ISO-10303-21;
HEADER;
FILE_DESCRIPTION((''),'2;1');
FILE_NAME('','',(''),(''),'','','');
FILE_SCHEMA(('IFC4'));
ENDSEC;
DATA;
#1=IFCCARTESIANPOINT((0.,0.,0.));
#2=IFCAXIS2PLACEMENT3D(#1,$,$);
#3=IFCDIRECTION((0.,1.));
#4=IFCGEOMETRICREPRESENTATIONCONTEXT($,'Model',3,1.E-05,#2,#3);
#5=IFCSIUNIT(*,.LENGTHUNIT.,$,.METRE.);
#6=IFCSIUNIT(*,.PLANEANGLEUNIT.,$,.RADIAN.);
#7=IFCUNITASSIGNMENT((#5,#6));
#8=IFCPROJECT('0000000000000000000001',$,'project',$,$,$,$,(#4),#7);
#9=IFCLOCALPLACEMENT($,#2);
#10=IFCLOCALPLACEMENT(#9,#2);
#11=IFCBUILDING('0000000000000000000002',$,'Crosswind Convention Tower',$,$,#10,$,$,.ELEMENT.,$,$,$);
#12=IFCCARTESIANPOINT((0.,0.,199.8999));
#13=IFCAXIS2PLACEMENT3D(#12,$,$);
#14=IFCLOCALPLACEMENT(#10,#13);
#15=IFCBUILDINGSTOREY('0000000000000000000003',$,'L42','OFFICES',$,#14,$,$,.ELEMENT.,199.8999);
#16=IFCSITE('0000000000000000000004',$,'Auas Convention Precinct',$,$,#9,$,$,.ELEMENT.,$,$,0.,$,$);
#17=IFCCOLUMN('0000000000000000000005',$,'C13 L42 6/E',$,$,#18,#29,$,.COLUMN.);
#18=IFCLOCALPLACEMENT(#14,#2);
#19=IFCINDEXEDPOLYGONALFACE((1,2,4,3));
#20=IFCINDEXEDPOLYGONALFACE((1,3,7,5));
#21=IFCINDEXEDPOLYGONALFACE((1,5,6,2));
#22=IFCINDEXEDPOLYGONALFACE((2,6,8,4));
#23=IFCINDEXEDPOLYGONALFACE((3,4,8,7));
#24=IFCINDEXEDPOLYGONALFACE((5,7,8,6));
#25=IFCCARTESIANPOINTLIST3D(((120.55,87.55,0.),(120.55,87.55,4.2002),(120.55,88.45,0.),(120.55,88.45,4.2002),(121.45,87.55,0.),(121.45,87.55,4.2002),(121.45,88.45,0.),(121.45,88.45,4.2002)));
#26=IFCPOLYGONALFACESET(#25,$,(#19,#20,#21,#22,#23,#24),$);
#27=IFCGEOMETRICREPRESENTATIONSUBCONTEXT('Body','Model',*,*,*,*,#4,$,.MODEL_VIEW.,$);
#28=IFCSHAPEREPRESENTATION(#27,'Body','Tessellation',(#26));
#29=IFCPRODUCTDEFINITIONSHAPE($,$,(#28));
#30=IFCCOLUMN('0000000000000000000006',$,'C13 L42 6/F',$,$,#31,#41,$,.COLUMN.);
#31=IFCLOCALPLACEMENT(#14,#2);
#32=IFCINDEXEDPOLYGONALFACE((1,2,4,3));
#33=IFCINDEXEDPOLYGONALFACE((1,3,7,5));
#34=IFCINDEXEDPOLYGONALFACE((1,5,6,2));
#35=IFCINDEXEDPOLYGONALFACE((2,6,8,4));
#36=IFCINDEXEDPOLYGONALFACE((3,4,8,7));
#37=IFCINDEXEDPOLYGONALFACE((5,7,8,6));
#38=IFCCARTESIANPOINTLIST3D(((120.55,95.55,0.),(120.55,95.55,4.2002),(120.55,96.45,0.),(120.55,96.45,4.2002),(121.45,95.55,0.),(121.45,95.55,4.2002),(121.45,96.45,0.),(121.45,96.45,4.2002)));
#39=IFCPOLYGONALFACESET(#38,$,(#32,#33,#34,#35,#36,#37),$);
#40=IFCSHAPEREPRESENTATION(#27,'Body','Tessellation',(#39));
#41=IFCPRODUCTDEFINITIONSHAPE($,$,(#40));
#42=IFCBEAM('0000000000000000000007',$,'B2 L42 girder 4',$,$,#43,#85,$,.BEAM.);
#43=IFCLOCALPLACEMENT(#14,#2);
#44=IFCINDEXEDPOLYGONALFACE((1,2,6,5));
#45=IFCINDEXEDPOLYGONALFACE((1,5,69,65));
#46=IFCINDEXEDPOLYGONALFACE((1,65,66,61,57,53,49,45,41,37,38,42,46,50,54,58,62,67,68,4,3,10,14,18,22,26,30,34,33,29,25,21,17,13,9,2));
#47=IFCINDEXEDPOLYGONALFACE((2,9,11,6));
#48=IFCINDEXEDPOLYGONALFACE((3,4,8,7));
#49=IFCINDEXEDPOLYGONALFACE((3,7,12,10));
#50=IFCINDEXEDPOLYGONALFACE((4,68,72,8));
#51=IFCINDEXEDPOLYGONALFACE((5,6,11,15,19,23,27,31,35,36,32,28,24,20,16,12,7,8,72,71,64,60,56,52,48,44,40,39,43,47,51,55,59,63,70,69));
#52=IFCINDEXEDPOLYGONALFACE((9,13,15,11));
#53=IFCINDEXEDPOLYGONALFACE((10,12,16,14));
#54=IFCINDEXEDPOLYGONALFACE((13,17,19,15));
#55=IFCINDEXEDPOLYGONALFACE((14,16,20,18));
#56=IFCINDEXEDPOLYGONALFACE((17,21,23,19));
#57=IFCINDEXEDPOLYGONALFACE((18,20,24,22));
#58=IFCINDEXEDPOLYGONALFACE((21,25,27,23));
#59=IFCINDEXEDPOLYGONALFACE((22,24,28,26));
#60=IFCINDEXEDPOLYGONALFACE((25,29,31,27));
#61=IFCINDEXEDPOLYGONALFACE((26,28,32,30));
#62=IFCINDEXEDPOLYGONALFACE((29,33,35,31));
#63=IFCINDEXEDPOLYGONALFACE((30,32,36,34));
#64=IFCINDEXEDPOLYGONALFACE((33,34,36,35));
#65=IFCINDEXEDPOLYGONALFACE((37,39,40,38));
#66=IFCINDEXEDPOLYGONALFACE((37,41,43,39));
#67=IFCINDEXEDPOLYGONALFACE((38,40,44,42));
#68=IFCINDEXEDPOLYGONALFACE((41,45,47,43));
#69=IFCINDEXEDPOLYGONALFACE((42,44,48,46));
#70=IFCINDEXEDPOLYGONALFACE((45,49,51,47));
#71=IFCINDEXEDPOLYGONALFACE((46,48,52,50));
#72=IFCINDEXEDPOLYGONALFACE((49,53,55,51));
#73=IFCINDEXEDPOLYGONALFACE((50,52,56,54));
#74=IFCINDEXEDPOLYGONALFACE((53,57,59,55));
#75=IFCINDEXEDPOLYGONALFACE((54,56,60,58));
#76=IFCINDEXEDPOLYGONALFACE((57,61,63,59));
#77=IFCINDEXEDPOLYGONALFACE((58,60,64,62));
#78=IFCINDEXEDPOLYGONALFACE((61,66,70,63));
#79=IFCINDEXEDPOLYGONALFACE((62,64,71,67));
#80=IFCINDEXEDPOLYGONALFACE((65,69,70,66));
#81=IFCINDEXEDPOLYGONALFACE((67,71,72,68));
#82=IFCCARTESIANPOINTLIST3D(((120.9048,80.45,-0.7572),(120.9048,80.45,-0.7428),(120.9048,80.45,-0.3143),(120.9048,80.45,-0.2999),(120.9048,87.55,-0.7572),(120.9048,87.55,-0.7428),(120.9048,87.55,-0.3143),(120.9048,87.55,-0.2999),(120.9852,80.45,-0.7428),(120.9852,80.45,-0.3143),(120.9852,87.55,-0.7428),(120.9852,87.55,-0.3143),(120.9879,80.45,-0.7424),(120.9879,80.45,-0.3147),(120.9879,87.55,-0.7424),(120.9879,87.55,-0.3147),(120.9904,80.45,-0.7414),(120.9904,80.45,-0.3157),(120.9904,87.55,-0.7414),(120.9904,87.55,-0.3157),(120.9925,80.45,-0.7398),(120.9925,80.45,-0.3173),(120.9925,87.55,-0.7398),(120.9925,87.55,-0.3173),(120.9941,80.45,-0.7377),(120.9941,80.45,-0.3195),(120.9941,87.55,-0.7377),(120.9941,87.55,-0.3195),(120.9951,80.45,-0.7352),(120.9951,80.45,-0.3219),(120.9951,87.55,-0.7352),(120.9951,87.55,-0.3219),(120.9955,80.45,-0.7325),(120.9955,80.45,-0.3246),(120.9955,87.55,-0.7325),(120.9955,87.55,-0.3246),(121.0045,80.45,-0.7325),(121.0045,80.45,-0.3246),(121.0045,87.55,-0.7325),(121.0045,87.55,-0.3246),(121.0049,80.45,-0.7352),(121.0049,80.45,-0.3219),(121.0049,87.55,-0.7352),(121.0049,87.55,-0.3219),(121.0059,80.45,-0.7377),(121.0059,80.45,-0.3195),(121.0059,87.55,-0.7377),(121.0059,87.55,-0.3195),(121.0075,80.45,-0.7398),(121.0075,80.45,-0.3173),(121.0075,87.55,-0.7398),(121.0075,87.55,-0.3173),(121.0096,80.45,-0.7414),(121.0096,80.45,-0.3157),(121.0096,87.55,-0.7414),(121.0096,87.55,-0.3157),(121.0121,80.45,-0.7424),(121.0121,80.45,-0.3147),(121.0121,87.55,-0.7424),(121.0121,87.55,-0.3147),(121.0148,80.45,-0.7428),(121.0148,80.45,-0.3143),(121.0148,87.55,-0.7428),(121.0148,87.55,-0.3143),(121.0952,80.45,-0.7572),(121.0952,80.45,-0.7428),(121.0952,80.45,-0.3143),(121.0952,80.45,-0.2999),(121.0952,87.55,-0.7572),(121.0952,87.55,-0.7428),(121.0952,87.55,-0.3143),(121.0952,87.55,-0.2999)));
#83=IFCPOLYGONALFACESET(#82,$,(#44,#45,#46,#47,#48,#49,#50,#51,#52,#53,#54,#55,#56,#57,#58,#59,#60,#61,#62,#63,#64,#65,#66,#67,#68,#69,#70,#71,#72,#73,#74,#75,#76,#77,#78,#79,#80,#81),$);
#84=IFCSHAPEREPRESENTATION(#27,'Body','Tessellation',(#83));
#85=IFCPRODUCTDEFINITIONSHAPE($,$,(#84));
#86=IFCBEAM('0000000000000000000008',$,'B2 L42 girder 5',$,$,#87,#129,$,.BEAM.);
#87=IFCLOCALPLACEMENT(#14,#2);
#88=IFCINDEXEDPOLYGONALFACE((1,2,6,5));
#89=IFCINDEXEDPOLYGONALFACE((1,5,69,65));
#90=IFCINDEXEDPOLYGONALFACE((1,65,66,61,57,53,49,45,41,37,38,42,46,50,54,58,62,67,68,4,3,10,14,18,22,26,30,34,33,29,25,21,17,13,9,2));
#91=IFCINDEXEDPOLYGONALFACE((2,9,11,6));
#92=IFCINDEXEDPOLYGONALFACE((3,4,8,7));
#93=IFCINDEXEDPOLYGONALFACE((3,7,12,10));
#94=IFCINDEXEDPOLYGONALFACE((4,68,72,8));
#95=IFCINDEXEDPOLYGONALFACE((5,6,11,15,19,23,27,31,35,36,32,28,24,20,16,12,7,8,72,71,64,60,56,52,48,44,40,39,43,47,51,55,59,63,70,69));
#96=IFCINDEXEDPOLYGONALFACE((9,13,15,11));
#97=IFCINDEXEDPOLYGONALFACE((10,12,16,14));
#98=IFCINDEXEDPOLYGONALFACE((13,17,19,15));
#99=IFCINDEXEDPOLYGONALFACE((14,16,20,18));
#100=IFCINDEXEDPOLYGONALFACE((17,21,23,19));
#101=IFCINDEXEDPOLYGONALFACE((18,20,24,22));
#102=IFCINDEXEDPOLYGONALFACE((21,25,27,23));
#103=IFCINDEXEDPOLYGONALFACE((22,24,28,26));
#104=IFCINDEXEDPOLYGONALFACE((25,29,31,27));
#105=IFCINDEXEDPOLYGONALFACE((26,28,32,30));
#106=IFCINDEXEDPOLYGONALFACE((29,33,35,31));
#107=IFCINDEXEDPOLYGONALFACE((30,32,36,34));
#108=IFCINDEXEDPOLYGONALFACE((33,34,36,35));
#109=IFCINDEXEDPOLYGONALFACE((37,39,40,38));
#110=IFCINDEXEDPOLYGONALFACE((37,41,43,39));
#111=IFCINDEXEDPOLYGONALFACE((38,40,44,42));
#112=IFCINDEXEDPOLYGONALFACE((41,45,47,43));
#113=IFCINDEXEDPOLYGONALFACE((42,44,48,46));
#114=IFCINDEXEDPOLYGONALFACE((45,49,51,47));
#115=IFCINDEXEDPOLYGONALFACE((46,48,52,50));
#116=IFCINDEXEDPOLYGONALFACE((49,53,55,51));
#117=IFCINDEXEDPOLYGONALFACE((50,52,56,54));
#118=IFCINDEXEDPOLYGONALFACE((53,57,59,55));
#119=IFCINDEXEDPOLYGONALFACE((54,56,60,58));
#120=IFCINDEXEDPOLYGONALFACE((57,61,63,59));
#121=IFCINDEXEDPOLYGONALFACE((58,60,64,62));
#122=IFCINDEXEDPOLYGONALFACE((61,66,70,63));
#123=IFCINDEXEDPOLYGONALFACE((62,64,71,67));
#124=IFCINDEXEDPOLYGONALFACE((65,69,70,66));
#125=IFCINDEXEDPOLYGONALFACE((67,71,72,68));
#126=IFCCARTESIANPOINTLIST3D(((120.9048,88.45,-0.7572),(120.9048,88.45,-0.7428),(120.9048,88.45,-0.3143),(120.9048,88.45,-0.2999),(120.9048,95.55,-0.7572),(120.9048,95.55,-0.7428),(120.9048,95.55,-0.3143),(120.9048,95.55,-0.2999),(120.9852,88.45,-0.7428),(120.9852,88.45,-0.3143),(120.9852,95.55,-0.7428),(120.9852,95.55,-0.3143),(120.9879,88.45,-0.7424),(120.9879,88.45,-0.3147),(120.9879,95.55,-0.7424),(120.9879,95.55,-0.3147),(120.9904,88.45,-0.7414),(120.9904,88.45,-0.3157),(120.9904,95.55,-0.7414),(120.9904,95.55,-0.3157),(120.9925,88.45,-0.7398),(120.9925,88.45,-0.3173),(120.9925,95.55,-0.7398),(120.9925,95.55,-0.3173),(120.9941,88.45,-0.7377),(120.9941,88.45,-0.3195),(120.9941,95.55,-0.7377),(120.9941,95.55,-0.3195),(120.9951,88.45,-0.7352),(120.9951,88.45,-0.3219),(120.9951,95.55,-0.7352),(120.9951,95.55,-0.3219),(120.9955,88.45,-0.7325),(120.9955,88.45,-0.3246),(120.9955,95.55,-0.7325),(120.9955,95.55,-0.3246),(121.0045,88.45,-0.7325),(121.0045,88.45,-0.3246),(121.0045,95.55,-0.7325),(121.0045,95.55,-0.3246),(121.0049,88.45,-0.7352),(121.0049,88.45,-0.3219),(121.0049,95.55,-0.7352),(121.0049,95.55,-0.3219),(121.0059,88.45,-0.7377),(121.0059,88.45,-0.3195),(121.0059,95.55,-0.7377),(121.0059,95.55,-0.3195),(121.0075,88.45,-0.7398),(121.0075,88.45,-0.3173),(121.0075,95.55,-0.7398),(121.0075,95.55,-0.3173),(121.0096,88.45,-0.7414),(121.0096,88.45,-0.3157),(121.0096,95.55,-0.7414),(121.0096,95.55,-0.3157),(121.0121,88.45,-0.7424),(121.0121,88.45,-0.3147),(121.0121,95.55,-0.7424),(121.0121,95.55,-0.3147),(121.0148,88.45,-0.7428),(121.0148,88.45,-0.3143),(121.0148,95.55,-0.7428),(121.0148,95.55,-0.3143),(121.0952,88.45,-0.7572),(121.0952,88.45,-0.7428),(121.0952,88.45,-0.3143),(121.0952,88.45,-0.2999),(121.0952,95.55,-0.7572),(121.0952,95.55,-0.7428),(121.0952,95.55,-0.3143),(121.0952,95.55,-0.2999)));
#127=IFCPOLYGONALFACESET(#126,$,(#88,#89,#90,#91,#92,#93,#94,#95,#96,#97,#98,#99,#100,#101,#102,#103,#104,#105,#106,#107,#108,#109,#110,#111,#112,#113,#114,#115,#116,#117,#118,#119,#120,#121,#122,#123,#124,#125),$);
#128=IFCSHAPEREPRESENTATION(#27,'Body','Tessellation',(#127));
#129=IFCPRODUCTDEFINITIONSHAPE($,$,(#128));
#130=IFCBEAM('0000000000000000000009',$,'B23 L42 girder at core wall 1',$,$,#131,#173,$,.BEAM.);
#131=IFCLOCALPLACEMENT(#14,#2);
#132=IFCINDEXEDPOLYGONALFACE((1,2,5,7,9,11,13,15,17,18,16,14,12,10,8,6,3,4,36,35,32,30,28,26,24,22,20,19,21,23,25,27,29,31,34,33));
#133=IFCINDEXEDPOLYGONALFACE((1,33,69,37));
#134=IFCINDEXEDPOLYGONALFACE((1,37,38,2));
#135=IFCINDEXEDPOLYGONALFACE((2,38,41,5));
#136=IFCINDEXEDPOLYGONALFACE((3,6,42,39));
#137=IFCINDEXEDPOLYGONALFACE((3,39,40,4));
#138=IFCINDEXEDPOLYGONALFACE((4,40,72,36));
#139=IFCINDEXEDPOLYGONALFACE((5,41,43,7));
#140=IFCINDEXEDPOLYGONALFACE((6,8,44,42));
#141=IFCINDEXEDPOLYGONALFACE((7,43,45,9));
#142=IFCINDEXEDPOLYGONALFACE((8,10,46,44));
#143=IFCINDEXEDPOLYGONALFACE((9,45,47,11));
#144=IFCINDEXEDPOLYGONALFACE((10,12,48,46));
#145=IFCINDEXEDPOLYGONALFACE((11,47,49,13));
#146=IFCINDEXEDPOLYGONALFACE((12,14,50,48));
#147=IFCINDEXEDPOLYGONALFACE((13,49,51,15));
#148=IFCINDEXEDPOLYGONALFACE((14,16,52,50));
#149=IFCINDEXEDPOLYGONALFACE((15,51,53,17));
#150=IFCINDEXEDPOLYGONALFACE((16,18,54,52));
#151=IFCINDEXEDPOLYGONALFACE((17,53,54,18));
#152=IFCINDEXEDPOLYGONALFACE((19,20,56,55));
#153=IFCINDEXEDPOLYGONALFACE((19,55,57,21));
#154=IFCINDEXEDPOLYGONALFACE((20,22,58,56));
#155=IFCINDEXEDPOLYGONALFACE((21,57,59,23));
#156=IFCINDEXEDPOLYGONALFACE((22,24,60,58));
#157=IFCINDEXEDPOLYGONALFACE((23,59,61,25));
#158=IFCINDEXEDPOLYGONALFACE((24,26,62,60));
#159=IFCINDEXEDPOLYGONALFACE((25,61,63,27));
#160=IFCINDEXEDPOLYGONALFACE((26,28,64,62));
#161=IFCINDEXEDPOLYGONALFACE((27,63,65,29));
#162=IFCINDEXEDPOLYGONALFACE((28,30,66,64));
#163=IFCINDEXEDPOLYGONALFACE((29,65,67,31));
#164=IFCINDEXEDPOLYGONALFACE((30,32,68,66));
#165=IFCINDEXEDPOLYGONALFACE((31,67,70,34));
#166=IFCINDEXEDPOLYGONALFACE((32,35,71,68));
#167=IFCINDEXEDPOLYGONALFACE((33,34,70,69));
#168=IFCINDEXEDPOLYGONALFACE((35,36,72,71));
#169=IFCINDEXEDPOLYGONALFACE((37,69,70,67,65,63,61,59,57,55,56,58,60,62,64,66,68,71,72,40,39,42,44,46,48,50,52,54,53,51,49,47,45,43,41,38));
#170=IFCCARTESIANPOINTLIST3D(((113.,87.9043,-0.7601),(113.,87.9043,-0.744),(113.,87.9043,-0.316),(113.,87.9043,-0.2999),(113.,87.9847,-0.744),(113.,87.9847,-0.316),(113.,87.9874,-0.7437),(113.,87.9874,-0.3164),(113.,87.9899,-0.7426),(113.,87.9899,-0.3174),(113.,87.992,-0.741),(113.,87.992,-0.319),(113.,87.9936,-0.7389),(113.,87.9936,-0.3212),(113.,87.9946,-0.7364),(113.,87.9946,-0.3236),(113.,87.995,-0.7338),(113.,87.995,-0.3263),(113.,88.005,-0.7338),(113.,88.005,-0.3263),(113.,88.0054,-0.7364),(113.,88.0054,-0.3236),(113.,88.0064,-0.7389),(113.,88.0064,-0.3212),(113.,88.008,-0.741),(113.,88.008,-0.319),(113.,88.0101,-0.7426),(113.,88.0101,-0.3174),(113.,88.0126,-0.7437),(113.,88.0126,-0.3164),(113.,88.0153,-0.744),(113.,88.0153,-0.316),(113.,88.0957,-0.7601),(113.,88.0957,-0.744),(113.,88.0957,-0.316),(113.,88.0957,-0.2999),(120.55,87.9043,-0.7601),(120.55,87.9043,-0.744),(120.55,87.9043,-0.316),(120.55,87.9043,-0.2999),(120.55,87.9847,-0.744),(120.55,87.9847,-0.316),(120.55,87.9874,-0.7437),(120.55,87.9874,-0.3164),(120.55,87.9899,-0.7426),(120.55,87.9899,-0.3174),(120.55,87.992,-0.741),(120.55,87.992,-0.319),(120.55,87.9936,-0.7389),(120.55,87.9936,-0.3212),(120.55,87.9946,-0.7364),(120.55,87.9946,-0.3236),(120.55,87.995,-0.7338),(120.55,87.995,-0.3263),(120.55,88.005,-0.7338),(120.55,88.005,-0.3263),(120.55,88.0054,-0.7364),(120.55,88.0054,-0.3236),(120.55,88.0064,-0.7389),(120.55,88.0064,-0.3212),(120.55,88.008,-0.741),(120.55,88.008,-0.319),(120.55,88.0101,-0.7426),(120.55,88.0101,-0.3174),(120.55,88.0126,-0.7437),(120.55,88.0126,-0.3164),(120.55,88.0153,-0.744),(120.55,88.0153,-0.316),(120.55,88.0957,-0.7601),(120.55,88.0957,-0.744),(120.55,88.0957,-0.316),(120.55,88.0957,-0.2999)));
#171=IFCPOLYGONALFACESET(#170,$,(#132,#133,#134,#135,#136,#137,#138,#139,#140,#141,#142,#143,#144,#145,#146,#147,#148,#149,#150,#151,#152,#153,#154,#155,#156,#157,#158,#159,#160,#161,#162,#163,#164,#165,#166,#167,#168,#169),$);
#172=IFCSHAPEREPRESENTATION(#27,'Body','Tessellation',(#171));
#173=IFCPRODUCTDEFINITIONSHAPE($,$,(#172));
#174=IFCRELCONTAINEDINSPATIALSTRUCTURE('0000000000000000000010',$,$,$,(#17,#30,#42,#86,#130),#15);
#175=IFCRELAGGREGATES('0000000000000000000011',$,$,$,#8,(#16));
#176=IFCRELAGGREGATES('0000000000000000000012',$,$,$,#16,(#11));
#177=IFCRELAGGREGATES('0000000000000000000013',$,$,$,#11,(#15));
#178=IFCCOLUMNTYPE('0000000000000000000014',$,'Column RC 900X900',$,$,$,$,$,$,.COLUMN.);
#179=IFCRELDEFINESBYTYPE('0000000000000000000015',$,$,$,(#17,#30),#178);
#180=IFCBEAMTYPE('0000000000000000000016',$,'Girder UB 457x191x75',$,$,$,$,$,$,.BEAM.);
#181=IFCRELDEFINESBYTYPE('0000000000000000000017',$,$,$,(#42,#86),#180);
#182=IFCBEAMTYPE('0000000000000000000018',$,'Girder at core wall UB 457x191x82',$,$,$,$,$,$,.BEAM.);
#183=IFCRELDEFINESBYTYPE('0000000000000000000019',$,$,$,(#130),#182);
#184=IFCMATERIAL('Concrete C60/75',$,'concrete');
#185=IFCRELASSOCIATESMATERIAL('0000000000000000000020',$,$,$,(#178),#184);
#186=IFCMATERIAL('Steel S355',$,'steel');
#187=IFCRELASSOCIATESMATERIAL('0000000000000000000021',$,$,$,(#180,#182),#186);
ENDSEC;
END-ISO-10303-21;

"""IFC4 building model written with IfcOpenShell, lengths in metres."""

from ifc_helpers import new_model, si_unit, direction, frame, origin, origin_2d, place, context, subcontext, project, spatial, rectangle, i_section, extrude, material, material_profile, profile_set, type_object, element, save


model = new_model("IFC4")

# Units and contexts
model_context = context("Model", 3, precision=1e-05, world=origin(), true_north=direction((0.0, 1.0)))
body_context = subcontext(model_context, "Body", "Model", "MODEL_VIEW")
ifc_project = project(units=[si_unit("LENGTHUNIT", "METRE"), si_unit("PLANEANGLEUNIT", "RADIAN")], contexts=[model_context])

# Site, building, storey
site_placement = place(None, origin())
site = spatial("IfcSite", under=ifc_project, at=site_placement, Name="Auas Convention Precinct", CompositionType="ELEMENT", RefElevation=0.0)
building_placement = place(site_placement, origin())
building = spatial("IfcBuilding", under=site, at=building_placement, Name="Crosswind Convention Tower", CompositionType="ELEMENT")
storey_placement = place(building_placement, frame((0.0, 0.0, 199.8999)))
storey = spatial("IfcBuildingStorey", under=building, at=storey_placement, Name="L42", Description="OFFICES", CompositionType="ELEMENT", Elevation=199.8999)

# Columns
ifc_material_1 = material(Name="Concrete C60/75", Category="concrete")
ifc_material_profile_1 = material_profile(ifc_material_1, rectangle(XDim=0.8999, YDim=0.8999, at=origin_2d()), Name="RC 900X900")
ifc_profile_set_1 = profile_set([ifc_material_profile_1], Name="Concrete C60/75")
column_type = type_object("IfcColumnType", Name="Column RC 900X900", PredefinedType="COLUMN", material=ifc_profile_set_1)
for number, where, z_axis, x_axis, name in (
    (1, (121.0, 88.0, 0.0), (0.0, 0.0, 1.0), (1.0, 0.0, 0.0), "C13 L42 6/E"),
    (2, (121.0, 96.0, 0.0), (0.0, 0.0, 1.0), (1.0, 0.0, 0.0), "C13 L42 6/F"),
):
    element("IfcColumn", number, at=place(storey_placement, frame(where, z_axis=z_axis, x_axis=x_axis)), inside=storey, type_object=column_type, Name=name, PredefinedType="COLUMN", context=body_context, shape_type="SweptSolid", body=[
        extrude(rectangle(XDim=0.8999, YDim=0.8999, at=origin_2d()), origin(), (0.0, 0.0, 1.0), 4.2002),
    ])

# Beams
ifc_material_2 = material(Name="Steel S355", Category="steel")
ifc_material_profile_2 = material_profile(ifc_material_2, i_section(OverallWidth=0.1904, OverallDepth=0.4573, WebThickness=0.009, FlangeThickness=0.0144, FilletRadius=0.0103, at=origin_2d()), Name="UB 457x191x75")
ifc_profile_set_2 = profile_set([ifc_material_profile_2], Name="Steel S355")
beam_type_1 = type_object("IfcBeamType", Name="Girder UB 457x191x75", PredefinedType="BEAM", material=ifc_profile_set_2)
for number, where, z_axis, x_axis, name in (
    (3, (121.0, 80.45, -0.5286), (0.0, 1.0, 0.0), (-1.0, 0.0, 0.0), "B2 L42 girder 4"),
    (4, (121.0, 88.45, -0.5286), (0.0, 1.0, 0.0), (-1.0, 0.0, 0.0), "B2 L42 girder 5"),
):
    element("IfcBeam", number, at=place(storey_placement, frame(where, z_axis=z_axis, x_axis=x_axis)), inside=storey, type_object=beam_type_1, Name=name, PredefinedType="BEAM", context=body_context, shape_type="SweptSolid", body=[
        extrude(i_section(OverallWidth=0.1904, OverallDepth=0.4573, WebThickness=0.009, FlangeThickness=0.0144, FilletRadius=0.0103, at=origin_2d()), origin(), (0.0, 0.0, 1.0), 7.1001),
    ])
ifc_material_profile_3 = material_profile(ifc_material_2, i_section(OverallWidth=0.1914, OverallDepth=0.4602, WebThickness=0.01, FlangeThickness=0.0161, FilletRadius=0.0103, at=origin_2d()), Name="UB 457x191x82")
ifc_profile_set_3 = profile_set([ifc_material_profile_3], Name="Steel S355")
beam_type_2 = type_object("IfcBeamType", Name="Girder at core wall UB 457x191x82", PredefinedType="BEAM", material=ifc_profile_set_3)
for number, where, z_axis, x_axis, name in (
    (5, (113.0, 88.0, -0.53), (1.0, 0.0, 0.0), (0.0, 1.0, 0.0), "B23 L42 girder at core wall 1"),
):
    element("IfcBeam", number, at=place(storey_placement, frame(where, z_axis=z_axis, x_axis=x_axis)), inside=storey, type_object=beam_type_2, Name=name, PredefinedType="BEAM", context=body_context, shape_type="SweptSolid", body=[
        extrude(i_section(OverallWidth=0.1914, OverallDepth=0.4602, WebThickness=0.01, FlangeThickness=0.0161, FilletRadius=0.0103, at=origin_2d()), origin(), (0.0, 0.0, 1.0), 7.55),
    ])

save(model, "model.ifc")
